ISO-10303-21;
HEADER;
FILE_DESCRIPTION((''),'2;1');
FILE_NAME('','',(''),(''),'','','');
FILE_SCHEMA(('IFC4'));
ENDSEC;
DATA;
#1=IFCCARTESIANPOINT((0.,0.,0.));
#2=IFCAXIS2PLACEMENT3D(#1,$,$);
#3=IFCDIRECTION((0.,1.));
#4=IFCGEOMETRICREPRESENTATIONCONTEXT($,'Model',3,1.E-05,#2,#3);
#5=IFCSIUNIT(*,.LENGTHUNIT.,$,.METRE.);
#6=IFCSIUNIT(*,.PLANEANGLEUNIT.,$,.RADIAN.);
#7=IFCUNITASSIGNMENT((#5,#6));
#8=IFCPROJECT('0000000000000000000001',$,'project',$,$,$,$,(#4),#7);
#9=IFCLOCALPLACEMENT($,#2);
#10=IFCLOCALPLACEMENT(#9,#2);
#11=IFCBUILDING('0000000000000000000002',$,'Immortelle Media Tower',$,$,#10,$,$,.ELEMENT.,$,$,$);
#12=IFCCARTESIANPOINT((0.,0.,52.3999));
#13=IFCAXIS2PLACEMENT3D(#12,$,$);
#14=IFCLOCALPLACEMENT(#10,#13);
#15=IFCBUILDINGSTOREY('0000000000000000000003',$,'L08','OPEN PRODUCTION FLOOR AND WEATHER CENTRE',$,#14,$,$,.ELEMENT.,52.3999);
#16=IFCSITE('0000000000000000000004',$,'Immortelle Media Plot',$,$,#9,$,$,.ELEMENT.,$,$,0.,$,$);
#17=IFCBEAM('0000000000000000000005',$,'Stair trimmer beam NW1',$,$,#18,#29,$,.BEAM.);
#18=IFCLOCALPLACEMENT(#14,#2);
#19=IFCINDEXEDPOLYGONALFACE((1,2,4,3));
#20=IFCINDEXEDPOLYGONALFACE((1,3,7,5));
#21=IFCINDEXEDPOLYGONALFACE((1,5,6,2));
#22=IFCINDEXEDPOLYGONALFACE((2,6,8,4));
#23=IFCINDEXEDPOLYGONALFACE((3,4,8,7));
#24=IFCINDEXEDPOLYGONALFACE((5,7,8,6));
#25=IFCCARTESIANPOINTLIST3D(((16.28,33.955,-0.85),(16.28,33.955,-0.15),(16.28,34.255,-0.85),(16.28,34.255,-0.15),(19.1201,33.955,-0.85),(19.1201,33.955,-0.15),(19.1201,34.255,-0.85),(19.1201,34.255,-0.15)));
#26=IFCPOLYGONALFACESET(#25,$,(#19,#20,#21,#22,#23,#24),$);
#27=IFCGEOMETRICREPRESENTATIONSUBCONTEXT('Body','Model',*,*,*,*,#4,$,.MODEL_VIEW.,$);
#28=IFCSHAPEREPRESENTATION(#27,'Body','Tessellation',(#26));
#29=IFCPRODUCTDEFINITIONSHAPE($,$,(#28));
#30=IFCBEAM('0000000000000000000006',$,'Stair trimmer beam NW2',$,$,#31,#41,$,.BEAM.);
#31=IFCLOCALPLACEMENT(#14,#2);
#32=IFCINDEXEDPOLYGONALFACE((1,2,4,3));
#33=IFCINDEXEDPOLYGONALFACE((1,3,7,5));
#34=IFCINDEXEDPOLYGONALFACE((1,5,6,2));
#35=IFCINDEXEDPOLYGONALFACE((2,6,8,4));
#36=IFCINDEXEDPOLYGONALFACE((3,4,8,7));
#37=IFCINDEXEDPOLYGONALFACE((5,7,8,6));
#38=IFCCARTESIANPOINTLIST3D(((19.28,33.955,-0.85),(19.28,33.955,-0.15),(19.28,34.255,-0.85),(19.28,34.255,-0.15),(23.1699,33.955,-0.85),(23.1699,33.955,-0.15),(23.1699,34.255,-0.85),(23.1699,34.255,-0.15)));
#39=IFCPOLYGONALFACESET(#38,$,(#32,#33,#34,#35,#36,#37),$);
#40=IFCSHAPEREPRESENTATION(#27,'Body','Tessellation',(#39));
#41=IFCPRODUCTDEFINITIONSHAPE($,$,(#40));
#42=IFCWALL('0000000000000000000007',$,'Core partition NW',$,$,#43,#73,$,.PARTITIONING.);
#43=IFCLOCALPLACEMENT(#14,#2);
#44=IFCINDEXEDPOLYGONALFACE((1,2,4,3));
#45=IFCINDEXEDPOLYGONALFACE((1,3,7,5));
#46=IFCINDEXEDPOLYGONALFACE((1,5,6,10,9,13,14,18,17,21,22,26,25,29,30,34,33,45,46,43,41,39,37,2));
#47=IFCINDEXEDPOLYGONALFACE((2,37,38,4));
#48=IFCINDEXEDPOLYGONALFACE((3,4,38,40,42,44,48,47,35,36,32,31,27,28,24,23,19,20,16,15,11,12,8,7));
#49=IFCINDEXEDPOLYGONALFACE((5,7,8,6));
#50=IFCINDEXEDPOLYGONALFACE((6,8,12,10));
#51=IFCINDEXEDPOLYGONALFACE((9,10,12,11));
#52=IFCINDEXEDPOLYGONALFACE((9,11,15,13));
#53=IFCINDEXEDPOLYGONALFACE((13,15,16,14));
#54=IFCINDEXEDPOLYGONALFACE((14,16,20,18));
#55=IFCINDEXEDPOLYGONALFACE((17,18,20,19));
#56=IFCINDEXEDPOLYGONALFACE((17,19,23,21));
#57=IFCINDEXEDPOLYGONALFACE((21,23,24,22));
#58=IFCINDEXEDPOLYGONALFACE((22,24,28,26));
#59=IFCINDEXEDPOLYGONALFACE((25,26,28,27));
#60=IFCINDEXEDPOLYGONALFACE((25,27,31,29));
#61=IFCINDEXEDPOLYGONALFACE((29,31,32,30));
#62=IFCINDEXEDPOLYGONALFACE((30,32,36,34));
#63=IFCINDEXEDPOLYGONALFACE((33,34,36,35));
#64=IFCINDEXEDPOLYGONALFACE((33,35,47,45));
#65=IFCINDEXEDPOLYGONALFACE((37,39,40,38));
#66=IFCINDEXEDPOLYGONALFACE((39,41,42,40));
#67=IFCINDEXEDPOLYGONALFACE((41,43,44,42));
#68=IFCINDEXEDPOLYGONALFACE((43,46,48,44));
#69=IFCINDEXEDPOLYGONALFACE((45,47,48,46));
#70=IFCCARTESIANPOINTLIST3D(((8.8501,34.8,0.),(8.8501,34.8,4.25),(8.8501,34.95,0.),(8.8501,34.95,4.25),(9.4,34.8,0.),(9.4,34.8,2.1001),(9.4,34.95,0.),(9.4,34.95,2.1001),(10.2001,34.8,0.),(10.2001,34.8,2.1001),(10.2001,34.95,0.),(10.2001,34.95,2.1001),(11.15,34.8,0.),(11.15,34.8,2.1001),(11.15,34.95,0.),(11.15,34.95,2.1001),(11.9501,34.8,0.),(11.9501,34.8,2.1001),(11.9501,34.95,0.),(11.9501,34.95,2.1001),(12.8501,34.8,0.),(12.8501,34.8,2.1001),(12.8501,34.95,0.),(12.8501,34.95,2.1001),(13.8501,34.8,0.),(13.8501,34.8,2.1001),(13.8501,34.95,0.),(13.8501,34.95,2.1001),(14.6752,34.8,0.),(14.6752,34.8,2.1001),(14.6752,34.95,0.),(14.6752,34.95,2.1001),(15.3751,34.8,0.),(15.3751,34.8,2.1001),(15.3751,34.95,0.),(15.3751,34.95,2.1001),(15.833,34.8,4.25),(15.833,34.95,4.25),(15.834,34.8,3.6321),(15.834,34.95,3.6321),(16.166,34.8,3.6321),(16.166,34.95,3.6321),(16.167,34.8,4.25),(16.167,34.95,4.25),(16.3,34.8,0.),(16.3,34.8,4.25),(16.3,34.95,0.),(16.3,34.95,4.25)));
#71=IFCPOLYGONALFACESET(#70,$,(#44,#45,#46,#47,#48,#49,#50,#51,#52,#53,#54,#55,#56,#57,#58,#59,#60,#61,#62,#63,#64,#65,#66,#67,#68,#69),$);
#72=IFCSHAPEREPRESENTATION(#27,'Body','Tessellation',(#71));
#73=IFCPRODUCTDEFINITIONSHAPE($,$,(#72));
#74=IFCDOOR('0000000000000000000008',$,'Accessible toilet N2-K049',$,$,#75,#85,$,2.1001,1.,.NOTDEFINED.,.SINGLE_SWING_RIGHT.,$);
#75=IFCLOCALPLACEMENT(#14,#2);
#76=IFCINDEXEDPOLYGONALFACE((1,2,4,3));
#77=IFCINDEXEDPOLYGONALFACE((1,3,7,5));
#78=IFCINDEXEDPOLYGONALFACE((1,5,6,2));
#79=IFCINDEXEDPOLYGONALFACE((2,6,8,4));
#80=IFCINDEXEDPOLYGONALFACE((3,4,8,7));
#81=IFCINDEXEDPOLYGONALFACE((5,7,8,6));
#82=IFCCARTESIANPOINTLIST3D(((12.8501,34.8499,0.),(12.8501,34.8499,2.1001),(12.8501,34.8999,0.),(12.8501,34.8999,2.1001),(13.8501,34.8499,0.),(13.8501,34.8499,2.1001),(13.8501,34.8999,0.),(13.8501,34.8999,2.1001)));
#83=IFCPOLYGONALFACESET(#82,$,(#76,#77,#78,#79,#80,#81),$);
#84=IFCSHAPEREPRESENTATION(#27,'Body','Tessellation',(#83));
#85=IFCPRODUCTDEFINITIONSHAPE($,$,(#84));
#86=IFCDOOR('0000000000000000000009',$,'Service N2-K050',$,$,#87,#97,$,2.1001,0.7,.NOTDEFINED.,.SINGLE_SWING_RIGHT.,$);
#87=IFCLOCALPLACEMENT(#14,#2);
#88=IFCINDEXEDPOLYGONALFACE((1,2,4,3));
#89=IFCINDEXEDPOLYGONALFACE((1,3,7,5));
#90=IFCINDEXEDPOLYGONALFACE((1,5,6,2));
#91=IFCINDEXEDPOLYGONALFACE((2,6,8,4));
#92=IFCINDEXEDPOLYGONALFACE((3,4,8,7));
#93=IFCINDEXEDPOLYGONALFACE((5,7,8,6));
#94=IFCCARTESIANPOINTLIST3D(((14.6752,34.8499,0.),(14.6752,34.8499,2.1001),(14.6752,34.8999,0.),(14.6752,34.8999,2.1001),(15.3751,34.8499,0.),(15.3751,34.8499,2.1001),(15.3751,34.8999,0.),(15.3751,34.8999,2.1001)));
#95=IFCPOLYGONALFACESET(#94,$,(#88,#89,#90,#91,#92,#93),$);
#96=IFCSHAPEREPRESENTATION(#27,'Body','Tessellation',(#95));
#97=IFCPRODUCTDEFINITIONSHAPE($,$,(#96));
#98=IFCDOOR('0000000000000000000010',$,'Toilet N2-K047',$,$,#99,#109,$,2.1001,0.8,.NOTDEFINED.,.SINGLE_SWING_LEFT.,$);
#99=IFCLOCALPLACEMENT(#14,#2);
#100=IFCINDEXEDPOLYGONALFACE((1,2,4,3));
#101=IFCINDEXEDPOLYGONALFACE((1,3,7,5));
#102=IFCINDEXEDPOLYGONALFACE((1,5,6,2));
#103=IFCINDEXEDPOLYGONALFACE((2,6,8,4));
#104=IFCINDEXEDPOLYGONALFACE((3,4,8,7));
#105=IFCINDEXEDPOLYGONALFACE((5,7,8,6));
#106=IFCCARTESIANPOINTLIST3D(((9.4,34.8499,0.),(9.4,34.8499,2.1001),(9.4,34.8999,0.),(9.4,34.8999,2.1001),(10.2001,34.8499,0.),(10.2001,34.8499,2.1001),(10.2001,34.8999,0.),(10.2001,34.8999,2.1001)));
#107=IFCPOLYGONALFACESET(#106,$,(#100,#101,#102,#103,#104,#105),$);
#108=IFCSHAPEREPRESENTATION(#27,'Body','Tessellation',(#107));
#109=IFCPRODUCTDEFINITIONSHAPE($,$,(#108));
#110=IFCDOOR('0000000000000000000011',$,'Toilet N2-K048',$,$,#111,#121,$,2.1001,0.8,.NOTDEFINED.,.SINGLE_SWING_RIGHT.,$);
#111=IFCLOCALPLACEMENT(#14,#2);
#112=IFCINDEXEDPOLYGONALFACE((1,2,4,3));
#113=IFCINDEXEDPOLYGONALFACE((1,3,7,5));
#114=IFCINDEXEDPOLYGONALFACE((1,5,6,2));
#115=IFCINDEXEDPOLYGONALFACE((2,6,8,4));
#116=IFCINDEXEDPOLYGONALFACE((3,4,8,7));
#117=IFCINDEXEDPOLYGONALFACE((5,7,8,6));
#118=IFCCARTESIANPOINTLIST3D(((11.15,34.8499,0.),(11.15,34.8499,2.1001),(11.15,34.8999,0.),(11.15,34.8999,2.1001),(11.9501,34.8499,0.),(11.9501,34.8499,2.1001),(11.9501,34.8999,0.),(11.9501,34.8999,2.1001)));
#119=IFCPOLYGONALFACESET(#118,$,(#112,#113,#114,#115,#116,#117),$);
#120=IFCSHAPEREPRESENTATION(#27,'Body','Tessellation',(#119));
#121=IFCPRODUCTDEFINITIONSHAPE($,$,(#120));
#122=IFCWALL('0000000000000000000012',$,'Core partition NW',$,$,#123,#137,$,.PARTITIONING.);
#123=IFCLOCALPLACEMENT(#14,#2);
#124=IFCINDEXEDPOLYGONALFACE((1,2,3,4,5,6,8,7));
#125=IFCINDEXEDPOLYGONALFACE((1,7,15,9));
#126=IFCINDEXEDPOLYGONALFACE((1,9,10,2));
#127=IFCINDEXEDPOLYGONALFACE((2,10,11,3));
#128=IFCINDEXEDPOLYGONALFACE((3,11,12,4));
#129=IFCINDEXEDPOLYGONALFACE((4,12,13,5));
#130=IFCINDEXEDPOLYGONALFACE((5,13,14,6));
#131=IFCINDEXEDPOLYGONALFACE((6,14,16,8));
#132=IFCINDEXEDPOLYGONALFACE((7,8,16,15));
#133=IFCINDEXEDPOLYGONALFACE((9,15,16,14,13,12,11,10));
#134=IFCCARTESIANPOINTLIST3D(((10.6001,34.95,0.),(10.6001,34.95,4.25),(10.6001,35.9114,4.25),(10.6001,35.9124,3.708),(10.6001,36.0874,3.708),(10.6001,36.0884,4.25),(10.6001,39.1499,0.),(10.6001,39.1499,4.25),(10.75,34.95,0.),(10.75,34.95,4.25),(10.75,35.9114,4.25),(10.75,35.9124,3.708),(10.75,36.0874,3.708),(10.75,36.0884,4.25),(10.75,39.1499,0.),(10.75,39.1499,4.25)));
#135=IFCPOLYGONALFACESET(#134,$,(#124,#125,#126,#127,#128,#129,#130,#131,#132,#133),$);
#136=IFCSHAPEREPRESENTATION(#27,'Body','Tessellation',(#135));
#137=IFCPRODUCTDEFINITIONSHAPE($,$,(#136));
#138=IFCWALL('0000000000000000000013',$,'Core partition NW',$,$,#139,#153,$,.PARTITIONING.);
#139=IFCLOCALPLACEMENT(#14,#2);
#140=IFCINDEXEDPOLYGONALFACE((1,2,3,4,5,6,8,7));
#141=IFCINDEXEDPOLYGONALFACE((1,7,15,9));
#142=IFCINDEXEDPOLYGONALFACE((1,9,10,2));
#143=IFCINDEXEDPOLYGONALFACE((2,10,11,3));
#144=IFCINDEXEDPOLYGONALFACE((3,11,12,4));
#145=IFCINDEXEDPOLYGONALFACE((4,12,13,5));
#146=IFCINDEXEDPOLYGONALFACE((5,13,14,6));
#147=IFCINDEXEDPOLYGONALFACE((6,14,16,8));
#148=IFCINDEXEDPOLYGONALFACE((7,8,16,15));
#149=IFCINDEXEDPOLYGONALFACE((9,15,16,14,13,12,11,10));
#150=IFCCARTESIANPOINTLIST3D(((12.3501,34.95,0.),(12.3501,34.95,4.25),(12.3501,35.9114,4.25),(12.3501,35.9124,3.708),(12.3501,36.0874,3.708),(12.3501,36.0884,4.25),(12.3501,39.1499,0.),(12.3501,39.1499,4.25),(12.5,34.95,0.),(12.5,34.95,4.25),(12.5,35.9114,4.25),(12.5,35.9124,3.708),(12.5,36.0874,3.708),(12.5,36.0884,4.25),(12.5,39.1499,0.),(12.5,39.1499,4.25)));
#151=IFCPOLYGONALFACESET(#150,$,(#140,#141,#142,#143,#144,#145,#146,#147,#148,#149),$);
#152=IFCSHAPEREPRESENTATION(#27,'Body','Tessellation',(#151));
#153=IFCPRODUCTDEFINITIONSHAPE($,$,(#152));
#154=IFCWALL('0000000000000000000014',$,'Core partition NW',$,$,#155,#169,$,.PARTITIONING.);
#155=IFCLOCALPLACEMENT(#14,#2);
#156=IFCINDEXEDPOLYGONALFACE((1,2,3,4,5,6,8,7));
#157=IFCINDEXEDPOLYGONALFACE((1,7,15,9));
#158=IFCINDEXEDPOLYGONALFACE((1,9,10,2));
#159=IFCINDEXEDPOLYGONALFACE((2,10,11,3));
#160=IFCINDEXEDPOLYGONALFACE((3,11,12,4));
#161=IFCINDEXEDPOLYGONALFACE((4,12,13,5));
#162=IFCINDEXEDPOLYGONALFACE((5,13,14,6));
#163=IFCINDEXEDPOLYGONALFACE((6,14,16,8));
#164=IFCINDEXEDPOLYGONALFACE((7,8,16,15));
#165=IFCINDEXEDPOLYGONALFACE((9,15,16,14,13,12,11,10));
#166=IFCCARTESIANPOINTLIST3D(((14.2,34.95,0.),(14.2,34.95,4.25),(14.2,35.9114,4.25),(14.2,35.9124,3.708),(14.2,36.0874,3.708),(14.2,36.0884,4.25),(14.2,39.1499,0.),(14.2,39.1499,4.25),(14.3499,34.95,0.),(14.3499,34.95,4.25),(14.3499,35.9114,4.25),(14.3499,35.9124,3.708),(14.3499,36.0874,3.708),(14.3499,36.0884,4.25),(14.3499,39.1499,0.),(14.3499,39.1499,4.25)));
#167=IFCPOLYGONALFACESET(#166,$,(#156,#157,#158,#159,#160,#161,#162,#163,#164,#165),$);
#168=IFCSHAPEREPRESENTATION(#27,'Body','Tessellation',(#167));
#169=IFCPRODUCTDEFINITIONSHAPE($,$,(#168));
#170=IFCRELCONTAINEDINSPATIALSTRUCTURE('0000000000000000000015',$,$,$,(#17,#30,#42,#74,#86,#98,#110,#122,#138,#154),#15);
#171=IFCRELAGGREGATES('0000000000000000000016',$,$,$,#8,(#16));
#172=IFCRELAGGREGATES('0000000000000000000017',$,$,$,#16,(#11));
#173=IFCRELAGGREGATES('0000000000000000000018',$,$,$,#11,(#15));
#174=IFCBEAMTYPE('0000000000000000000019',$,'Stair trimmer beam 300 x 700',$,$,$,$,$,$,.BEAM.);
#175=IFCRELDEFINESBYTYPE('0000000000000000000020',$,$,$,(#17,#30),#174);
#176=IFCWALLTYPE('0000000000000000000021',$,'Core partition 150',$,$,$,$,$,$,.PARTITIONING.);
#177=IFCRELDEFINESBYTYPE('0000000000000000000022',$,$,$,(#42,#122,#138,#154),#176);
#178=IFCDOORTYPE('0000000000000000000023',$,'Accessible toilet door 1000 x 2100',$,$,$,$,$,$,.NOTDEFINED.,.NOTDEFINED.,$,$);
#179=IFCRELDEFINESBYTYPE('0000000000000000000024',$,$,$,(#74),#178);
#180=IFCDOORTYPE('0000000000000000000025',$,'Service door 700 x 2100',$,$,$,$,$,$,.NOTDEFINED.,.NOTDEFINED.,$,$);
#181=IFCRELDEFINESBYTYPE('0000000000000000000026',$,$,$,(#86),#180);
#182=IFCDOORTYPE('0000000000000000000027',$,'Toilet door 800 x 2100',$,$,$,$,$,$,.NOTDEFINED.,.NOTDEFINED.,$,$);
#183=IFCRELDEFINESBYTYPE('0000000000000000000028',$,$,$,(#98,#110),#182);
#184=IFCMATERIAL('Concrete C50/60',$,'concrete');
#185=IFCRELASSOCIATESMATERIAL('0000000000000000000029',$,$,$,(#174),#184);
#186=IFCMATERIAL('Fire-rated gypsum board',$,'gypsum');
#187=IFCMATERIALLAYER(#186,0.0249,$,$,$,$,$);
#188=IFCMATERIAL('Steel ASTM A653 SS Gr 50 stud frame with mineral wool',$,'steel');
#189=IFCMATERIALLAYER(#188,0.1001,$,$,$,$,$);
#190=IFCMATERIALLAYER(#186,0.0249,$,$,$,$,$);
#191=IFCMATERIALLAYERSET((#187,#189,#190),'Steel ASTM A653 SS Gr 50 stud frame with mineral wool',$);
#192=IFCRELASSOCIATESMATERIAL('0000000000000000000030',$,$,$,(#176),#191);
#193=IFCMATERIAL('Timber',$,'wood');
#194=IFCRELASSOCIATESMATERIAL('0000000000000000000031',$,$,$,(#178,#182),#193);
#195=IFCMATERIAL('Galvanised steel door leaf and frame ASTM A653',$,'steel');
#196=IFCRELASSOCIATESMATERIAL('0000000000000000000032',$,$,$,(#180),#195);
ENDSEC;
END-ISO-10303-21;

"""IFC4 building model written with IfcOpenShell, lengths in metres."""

from ifc_helpers import new_model, si_unit, direction, frame, frame_2d, origin, origin_2d, place, context, subcontext, project, spatial, polyline, rectangle, outline, extrude, material, layer, layer_set, material_profile, profile_set, type_object, element, fill, save


model = new_model("IFC4")

# Units and contexts
model_context = context("Model", 3, precision=1e-05, world=origin(), true_north=direction((0.0, 1.0)))
body_context = subcontext(model_context, "Body", "Model", "MODEL_VIEW")
ifc_project = project(units=[si_unit("LENGTHUNIT", "METRE"), si_unit("PLANEANGLEUNIT", "RADIAN")], contexts=[model_context])

# Site, building, storey
site_placement = place(None, origin())
site = spatial("IfcSite", under=ifc_project, at=site_placement, Name="Immortelle Media Plot", CompositionType="ELEMENT", RefElevation=0.0)
building_placement = place(site_placement, origin())
building = spatial("IfcBuilding", under=site, at=building_placement, Name="Immortelle Media Tower", CompositionType="ELEMENT")
storey_placement = place(building_placement, frame((0.0, 0.0, 52.3999)))
storey = spatial("IfcBuildingStorey", under=building, at=storey_placement, Name="L08", Description="OPEN PRODUCTION FLOOR AND WEATHER CENTRE", CompositionType="ELEMENT", Elevation=52.3999)

# Beams
ifc_material_1 = material(Name="Concrete C50/60", Category="concrete")
ifc_material_profile = material_profile(ifc_material_1, rectangle(XDim=0.3, YDim=0.7, at=origin_2d()), Name="RC 300x700")
ifc_profile_set = profile_set([ifc_material_profile], Name="Concrete C50/60")
beam_type = type_object("IfcBeamType", Name="Stair trimmer beam 300 x 700", PredefinedType="BEAM", material=ifc_profile_set)
beam_1_placement = place(storey_placement, frame((16.28, 34.105, -0.5), z_axis=(1.0, 0.0, 0.0), x_axis=(0.0, 1.0, 0.0)))
element("IfcBeam", 1, at=beam_1_placement, inside=storey, type_object=beam_type, Name="Stair trimmer beam NW1", PredefinedType="BEAM", context=body_context, shape_type="SweptSolid", body=[
    extrude(rectangle(XDim=0.3, YDim=0.7, at=origin_2d()), origin(), (0.0, 0.0, 1.0), 2.8401),
])
beam_2_placement = place(storey_placement, frame((19.28, 34.105, -0.5), z_axis=(1.0, 0.0, 0.0), x_axis=(0.0, 1.0, 0.0)))
element("IfcBeam", 2, at=beam_2_placement, inside=storey, type_object=beam_type, Name="Stair trimmer beam NW2", PredefinedType="BEAM", context=body_context, shape_type="SweptSolid", body=[
    extrude(rectangle(XDim=0.3, YDim=0.7, at=origin_2d()), origin(), (0.0, 0.0, 1.0), 3.8899),
])

# Wall, openings, doors
ifc_material_2 = material(Name="Fire-rated gypsum board", Category="gypsum")
ifc_layer_1 = layer(ifc_material_2, 0.0249)
ifc_material_3 = material(Name="Steel ASTM A653 SS Gr 50 stud frame with mineral wool", Category="steel")
ifc_layer_2 = layer(ifc_material_3, 0.1001)
ifc_layer_3 = layer(ifc_material_2, 0.0249)
ifc_layer_set_1 = layer_set([ifc_layer_1, ifc_layer_2, ifc_layer_3], Name="Steel ASTM A653 SS Gr 50 stud frame with mineral wool")
wall_type_1 = type_object("IfcWallType", Name="Core partition 150", PredefinedType="PARTITIONING", material=ifc_layer_set_1)
wall_1_placement = place(storey_placement, frame((8.8501, 34.875, 0.0), z_axis=(0.0, 0.0, 1.0), x_axis=(1.0, 0.0, 0.0)))
wall_1 = element("IfcWall", 3, at=wall_1_placement, inside=storey, type_object=wall_type_1, Name="Core partition NW", PredefinedType="PARTITIONING", context=body_context, shape_type="SweptSolid", body=[
    extrude(outline(polyline([(0.0, 0.0), (7.45, 0.0), (7.45, 4.25), (7.3169, 4.25), (7.3159, 3.6321), (6.9839, 3.6321), (6.9829, 4.25), (0.0, 4.25), (0.0, 0.0)])), frame((0.0, 0.075, 0.0), z_axis=(0.0, -1.0, 0.0), x_axis=(1.0, 0.0, 0.0)), (0.0, 0.0, 1.0), 0.1499),
])
opening_1_placement = place(wall_1_placement, frame((0.55, 0.0, 0.0)))
opening_1 = element("IfcOpeningElement", 4, at=opening_1_placement, cuts=wall_1, PredefinedType="OPENING", context=body_context, shape_type="SweptSolid", body=[
    extrude(rectangle(XDim=0.8, YDim=2.1001, at=frame_2d((0.3999, 1.05))), frame((0.0, 0.085, 0.0), z_axis=(0.0, -1.0, 0.0), x_axis=(1.0, 0.0, 0.0)), (0.0, 0.0, 1.0), 0.1699),
])
opening_2_placement = place(wall_1_placement, frame((2.3, 0.0, 0.0)))
opening_2 = element("IfcOpeningElement", 5, at=opening_2_placement, cuts=wall_1, PredefinedType="OPENING", context=body_context, shape_type="SweptSolid", body=[
    extrude(rectangle(XDim=0.8, YDim=2.1001, at=frame_2d((0.3999, 1.05))), frame((0.0, 0.085, 0.0), z_axis=(0.0, -1.0, 0.0), x_axis=(1.0, 0.0, 0.0)), (0.0, 0.0, 1.0), 0.1699),
])
opening_3_placement = place(wall_1_placement, frame((4.0, 0.0, 0.0)))
opening_3 = element("IfcOpeningElement", 6, at=opening_3_placement, cuts=wall_1, PredefinedType="OPENING", context=body_context, shape_type="SweptSolid", body=[
    extrude(rectangle(XDim=1.0, YDim=2.1001, at=frame_2d((0.5, 1.05))), frame((0.0, 0.085, 0.0), z_axis=(0.0, -1.0, 0.0), x_axis=(1.0, 0.0, 0.0)), (0.0, 0.0, 1.0), 0.1699),
])
opening_4_placement = place(wall_1_placement, frame((5.825, 0.0, 0.0)))
opening_4 = element("IfcOpeningElement", 7, at=opening_4_placement, cuts=wall_1, PredefinedType="OPENING", context=body_context, shape_type="SweptSolid", body=[
    extrude(rectangle(XDim=0.7, YDim=2.1001, at=frame_2d((0.3501, 1.05))), frame((0.0, 0.085, 0.0), z_axis=(0.0, -1.0, 0.0), x_axis=(1.0, 0.0, 0.0)), (0.0, 0.0, 1.0), 0.1699),
])
ifc_material_4 = material(Name="Timber", Category="wood")
door_type_1 = type_object("IfcDoorType", Name="Accessible toilet door 1000 x 2100", OperationType="NOTDEFINED", PredefinedType="NOTDEFINED", material=ifc_material_4)
door_1_placement = place(opening_3_placement, origin())
door_1 = element("IfcDoor", 8, at=door_1_placement, inside=storey, type_object=door_type_1, Name="Accessible toilet N2-K049", OperationType="SINGLE_SWING_RIGHT", OverallHeight=2.1001, OverallWidth=1.0, PredefinedType="NOTDEFINED", context=body_context, shape_type="SweptSolid", body=[
    extrude(rectangle(XDim=1.0, YDim=2.1001, at=frame_2d((0.5, 1.05))), frame((0.0, 0.0249, 0.0), z_axis=(0.0, -1.0, 0.0), x_axis=(1.0, 0.0, 0.0)), (0.0, 0.0, 1.0), 0.05),
])
fill(opening_3, door_1)
ifc_material_5 = material(Name="Galvanised steel door leaf and frame ASTM A653", Category="steel")
door_type_2 = type_object("IfcDoorType", Name="Service door 700 x 2100", OperationType="NOTDEFINED", PredefinedType="NOTDEFINED", material=ifc_material_5)
door_2_placement = place(opening_4_placement, origin())
door_2 = element("IfcDoor", 9, at=door_2_placement, inside=storey, type_object=door_type_2, Name="Service N2-K050", OperationType="SINGLE_SWING_RIGHT", OverallHeight=2.1001, OverallWidth=0.7, PredefinedType="NOTDEFINED", context=body_context, shape_type="SweptSolid", body=[
    extrude(rectangle(XDim=0.7, YDim=2.1001, at=frame_2d((0.3501, 1.05))), frame((0.0, 0.0249, 0.0), z_axis=(0.0, -1.0, 0.0), x_axis=(1.0, 0.0, 0.0)), (0.0, 0.0, 1.0), 0.05),
])
fill(opening_4, door_2)
door_type_3 = type_object("IfcDoorType", Name="Toilet door 800 x 2100", OperationType="NOTDEFINED", PredefinedType="NOTDEFINED", material=ifc_material_4)
door_3_placement = place(opening_1_placement, origin())
door_3 = element("IfcDoor", 10, at=door_3_placement, inside=storey, type_object=door_type_3, Name="Toilet N2-K047", OperationType="SINGLE_SWING_LEFT", OverallHeight=2.1001, OverallWidth=0.8, PredefinedType="NOTDEFINED", context=body_context, shape_type="SweptSolid", body=[
    extrude(rectangle(XDim=0.8, YDim=2.1001, at=frame_2d((0.3999, 1.05))), frame((0.0, 0.0249, 0.0), z_axis=(0.0, -1.0, 0.0), x_axis=(1.0, 0.0, 0.0)), (0.0, 0.0, 1.0), 0.05),
])
fill(opening_1, door_3)
door_4_placement = place(opening_2_placement, origin())
door_4 = element("IfcDoor", 11, at=door_4_placement, inside=storey, type_object=door_type_3, Name="Toilet N2-K048", OperationType="SINGLE_SWING_RIGHT", OverallHeight=2.1001, OverallWidth=0.8, PredefinedType="NOTDEFINED", context=body_context, shape_type="SweptSolid", body=[
    extrude(rectangle(XDim=0.8, YDim=2.1001, at=frame_2d((0.3999, 1.05))), frame((0.0, 0.0249, 0.0), z_axis=(0.0, -1.0, 0.0), x_axis=(1.0, 0.0, 0.0)), (0.0, 0.0, 1.0), 0.05),
])
fill(opening_2, door_4)

# Walls
for number, where, z_axis, x_axis, name in (
    (12, (10.675, 34.95, 0.0), (0.0, 0.0, 1.0), (0.0, 1.0, 0.0), "Core partition NW"),
    (13, (12.425, 34.95, 0.0), (0.0, 0.0, 1.0), (0.0, 1.0, 0.0), "Core partition NW"),
    (14, (14.2749, 34.95, 0.0), (0.0, 0.0, 1.0), (0.0, 1.0, 0.0), "Core partition NW"),
):
    element("IfcWall", number, at=place(storey_placement, frame(where, z_axis=z_axis, x_axis=x_axis)), inside=storey, type_object=wall_type_1, Name=name, PredefinedType="PARTITIONING", context=body_context, shape_type="SweptSolid", body=[
        extrude(outline(polyline([(0.0, 0.0), (4.2, 0.0), (4.2, 4.25), (1.1384, 4.25), (1.1375, 3.708), (0.9624, 3.708), (0.9614, 4.25), (0.0, 4.25), (0.0, 0.0)])), frame((0.0, 0.075, 0.0), z_axis=(0.0, -1.0, 0.0), x_axis=(1.0, 0.0, 0.0)), (0.0, 0.0, 1.0), 0.1499),
    ])

save(model, "model.ifc")
